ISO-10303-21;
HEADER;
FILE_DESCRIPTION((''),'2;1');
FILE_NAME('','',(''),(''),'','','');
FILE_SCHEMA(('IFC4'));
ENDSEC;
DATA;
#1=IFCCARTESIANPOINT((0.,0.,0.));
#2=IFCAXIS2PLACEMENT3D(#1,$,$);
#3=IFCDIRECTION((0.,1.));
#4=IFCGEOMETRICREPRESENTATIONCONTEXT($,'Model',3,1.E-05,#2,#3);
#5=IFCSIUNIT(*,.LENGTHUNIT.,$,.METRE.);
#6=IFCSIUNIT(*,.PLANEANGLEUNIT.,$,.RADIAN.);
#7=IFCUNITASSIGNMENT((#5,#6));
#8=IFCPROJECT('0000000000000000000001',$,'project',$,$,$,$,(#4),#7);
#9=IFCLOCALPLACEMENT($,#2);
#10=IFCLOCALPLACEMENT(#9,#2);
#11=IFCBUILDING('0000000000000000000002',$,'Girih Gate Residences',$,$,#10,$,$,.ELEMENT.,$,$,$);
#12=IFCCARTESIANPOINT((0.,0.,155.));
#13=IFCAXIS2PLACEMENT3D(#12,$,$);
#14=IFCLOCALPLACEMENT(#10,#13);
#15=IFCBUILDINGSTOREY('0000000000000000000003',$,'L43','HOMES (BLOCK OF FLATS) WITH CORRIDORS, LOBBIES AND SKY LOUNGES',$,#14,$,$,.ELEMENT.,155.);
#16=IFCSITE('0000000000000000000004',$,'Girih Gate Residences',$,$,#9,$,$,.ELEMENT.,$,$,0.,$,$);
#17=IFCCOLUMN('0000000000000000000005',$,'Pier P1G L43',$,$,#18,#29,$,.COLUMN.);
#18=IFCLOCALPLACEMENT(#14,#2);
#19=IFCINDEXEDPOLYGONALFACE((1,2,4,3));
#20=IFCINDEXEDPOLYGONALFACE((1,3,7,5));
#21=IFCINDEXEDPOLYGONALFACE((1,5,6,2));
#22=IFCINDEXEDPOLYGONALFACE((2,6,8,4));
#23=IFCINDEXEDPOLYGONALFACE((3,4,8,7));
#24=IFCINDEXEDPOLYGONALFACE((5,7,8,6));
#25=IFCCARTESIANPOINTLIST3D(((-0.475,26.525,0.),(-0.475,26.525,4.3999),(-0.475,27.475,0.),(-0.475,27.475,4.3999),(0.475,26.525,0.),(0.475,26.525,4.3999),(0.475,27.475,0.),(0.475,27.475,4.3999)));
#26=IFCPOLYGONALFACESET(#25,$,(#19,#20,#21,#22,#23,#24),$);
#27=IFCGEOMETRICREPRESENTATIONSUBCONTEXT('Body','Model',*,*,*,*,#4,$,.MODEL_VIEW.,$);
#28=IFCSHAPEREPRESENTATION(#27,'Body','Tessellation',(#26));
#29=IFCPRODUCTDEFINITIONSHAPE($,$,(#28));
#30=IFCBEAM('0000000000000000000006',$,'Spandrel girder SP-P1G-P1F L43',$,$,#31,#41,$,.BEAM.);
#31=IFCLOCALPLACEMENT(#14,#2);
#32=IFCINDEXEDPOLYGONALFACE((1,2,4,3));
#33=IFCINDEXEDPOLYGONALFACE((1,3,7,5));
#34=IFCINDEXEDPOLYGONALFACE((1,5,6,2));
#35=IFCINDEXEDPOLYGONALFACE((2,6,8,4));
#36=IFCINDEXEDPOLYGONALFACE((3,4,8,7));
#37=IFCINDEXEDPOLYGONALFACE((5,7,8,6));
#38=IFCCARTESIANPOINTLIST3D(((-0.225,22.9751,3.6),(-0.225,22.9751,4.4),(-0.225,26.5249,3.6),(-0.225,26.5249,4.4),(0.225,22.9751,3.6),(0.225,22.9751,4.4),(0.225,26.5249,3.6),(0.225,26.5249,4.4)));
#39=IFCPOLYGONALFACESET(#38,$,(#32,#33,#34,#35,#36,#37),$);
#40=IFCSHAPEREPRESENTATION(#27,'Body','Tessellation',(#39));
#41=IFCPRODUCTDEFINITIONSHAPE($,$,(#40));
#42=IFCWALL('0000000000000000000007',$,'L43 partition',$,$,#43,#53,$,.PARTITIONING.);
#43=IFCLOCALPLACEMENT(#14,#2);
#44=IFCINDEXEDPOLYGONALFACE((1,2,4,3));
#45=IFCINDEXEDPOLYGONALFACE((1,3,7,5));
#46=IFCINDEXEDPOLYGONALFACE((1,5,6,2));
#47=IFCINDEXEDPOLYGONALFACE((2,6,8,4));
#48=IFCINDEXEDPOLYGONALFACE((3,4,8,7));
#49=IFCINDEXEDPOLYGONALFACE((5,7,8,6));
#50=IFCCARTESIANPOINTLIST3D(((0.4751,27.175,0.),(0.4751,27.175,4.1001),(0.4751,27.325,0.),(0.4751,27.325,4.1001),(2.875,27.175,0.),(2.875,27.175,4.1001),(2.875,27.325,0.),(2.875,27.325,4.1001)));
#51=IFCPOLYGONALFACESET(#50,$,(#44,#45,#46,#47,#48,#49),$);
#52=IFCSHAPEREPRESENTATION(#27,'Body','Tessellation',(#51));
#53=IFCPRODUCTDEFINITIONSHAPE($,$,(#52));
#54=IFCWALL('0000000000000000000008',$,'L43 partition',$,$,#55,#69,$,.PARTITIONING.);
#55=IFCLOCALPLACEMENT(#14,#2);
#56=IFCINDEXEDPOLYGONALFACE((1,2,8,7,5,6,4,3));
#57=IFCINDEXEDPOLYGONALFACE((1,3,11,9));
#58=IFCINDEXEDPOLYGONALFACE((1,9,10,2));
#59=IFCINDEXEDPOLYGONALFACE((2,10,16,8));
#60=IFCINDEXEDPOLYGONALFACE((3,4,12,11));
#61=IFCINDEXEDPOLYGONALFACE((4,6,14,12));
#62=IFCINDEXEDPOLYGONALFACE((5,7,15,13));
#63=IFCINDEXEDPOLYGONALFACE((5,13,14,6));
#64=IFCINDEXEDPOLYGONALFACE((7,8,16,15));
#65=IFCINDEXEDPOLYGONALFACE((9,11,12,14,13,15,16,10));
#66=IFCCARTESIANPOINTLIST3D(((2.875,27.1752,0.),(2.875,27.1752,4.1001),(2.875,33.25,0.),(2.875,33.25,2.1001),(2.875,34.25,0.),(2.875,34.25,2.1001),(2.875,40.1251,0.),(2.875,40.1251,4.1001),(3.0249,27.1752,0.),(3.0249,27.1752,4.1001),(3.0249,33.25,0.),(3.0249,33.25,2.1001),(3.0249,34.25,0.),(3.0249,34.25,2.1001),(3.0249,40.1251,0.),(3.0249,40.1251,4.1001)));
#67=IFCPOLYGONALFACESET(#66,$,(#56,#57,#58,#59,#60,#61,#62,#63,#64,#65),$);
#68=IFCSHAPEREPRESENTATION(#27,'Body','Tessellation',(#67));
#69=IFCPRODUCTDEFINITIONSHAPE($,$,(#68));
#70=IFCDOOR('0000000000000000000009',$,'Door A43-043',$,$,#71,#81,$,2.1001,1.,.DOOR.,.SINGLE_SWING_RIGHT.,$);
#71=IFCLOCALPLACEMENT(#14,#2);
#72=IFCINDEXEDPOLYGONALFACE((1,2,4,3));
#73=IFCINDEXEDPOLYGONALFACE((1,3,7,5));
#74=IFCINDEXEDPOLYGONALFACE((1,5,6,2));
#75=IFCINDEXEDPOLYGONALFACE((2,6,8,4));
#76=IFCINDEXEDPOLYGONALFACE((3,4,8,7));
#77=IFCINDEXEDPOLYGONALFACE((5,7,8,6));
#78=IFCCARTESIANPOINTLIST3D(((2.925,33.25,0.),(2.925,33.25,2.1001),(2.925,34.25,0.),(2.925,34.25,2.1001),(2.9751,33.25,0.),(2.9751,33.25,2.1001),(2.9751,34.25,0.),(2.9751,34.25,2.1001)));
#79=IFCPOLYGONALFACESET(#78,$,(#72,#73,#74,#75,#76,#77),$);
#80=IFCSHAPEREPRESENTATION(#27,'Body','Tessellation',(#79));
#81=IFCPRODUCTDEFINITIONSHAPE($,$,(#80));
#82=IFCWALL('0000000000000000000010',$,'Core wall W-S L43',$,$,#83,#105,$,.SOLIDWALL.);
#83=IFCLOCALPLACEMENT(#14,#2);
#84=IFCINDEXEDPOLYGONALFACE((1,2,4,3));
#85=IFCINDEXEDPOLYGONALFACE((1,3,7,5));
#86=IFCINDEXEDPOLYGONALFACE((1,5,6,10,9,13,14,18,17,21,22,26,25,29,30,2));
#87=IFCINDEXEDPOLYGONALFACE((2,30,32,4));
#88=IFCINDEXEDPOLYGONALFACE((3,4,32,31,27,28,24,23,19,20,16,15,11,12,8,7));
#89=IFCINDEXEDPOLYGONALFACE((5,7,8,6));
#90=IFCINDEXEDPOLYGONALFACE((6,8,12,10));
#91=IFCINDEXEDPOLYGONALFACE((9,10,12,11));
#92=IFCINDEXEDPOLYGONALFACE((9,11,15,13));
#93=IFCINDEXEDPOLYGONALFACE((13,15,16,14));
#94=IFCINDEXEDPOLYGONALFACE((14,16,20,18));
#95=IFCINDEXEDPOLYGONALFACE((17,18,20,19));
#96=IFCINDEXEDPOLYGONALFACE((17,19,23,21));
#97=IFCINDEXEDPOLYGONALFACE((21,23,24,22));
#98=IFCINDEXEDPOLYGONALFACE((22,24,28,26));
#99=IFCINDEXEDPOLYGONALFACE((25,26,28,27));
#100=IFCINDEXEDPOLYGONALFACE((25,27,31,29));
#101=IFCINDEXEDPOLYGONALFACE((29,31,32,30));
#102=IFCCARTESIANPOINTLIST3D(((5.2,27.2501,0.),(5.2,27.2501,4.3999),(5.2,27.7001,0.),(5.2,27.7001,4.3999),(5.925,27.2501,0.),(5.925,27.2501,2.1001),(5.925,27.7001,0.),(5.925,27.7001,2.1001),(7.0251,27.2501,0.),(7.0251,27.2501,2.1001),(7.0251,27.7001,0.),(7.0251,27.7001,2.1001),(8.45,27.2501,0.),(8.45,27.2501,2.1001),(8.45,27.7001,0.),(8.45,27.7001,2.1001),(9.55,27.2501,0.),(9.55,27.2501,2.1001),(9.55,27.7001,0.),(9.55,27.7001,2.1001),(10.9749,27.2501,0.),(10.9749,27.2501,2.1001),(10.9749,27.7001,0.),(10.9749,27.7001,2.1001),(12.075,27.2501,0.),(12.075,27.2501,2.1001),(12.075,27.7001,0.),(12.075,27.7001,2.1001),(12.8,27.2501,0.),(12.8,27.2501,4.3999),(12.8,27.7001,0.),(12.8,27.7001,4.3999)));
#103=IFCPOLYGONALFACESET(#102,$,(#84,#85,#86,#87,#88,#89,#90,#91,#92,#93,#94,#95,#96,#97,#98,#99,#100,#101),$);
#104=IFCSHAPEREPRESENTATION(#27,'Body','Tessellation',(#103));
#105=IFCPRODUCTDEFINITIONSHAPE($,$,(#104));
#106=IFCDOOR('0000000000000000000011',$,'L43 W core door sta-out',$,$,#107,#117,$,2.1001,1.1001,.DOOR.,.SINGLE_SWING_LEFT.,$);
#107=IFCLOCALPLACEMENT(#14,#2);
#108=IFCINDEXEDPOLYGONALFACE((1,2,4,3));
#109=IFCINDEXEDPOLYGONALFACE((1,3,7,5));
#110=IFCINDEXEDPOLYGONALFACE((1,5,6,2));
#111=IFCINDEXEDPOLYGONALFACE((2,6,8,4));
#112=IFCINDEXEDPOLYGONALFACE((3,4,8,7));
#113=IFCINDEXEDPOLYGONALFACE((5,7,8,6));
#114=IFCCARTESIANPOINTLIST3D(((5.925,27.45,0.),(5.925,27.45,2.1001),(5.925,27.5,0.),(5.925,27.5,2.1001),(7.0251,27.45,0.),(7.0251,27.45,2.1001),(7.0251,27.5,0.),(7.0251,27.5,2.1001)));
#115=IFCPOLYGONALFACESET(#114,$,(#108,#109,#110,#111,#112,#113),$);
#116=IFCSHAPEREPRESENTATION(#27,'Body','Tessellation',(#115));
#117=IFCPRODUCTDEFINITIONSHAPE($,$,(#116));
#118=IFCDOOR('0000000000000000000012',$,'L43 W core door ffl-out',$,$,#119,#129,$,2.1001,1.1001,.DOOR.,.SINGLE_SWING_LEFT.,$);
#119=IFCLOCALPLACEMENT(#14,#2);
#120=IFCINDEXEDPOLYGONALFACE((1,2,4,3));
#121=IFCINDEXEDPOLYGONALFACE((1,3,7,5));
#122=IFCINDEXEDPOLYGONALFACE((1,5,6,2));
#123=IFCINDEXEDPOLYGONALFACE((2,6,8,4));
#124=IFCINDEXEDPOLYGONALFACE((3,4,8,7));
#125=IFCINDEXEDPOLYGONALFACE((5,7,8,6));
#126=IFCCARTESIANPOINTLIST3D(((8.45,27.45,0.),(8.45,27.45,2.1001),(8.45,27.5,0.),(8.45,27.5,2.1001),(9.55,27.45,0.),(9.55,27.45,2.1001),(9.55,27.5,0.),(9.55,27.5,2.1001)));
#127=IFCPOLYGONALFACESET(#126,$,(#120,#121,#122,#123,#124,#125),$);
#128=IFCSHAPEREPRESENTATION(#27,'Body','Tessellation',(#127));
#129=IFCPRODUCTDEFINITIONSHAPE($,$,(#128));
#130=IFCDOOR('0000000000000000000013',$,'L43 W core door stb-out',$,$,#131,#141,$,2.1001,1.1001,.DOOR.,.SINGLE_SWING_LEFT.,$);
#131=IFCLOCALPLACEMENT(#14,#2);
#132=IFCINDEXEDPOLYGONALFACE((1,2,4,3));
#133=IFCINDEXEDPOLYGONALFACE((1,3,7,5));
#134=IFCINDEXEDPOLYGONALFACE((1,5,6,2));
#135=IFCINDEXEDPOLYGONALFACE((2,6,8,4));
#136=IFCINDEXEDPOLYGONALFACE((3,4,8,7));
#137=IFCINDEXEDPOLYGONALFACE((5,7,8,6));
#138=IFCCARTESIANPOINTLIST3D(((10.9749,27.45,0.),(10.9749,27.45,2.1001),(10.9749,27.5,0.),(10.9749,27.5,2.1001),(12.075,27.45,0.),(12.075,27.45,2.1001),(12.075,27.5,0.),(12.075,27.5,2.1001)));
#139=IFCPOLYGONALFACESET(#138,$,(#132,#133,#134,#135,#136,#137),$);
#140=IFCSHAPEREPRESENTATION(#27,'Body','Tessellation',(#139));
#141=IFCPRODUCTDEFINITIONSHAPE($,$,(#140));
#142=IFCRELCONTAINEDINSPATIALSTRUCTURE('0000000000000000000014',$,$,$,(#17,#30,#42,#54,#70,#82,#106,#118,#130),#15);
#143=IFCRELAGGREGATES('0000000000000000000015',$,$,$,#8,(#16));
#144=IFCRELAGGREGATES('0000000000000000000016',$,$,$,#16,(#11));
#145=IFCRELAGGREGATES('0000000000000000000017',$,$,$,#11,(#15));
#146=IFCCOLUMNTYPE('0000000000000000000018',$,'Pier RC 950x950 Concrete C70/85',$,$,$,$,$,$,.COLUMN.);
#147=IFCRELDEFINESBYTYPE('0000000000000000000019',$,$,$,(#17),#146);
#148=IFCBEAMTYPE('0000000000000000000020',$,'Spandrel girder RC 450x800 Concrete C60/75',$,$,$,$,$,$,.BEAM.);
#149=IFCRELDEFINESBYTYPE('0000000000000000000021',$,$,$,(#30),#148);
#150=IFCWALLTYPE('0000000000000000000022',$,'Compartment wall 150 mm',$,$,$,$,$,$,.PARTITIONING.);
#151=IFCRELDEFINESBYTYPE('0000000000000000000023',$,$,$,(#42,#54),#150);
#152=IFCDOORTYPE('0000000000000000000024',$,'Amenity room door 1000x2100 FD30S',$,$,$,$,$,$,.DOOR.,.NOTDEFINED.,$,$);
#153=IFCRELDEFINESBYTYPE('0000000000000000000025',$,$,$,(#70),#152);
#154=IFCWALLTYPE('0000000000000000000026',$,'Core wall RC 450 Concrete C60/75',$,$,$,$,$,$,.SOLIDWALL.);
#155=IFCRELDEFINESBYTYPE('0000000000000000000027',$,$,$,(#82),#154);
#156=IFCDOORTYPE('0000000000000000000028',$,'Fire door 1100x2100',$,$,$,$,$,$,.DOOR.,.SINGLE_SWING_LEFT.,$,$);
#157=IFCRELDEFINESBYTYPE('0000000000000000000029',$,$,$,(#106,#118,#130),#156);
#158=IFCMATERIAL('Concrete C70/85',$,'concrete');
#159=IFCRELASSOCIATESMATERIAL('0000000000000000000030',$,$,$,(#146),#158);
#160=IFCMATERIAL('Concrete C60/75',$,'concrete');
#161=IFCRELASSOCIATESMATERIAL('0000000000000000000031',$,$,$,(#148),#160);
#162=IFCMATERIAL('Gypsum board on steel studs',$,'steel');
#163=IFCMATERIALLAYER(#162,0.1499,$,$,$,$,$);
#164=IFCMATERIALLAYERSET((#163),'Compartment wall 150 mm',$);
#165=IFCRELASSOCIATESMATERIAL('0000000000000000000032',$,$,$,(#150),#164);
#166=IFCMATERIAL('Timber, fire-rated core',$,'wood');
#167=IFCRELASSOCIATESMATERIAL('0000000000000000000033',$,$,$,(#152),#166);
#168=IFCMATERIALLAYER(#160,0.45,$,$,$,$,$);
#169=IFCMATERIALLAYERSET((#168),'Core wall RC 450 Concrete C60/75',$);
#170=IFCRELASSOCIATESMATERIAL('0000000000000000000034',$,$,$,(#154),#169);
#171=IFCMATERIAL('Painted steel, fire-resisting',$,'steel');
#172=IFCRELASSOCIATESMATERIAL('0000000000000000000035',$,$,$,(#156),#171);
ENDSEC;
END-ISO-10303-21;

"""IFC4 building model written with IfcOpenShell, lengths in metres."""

from ifc_helpers import new_model, si_unit, direction, frame, frame_2d, origin, origin_2d, place, context, subcontext, project, spatial, rectangle, extrude, material, layer, layer_set, material_profile, profile_set, type_object, element, fill, save


model = new_model("IFC4")

# Units and contexts
model_context = context("Model", 3, precision=1e-05, world=origin(), true_north=direction((0.0, 1.0)))
body_context = subcontext(model_context, "Body", "Model", "MODEL_VIEW")
ifc_project = project(units=[si_unit("LENGTHUNIT", "METRE"), si_unit("PLANEANGLEUNIT", "RADIAN")], contexts=[model_context])

# Site, building, storey
site_placement = place(None, origin())
site = spatial("IfcSite", under=ifc_project, at=site_placement, Name="Girih Gate Residences", CompositionType="ELEMENT", RefElevation=0.0)
building_placement = place(site_placement, origin())
building = spatial("IfcBuilding", under=site, at=building_placement, Name="Girih Gate Residences", CompositionType="ELEMENT")
storey_placement = place(building_placement, frame((0.0, 0.0, 155.0)))
storey = spatial("IfcBuildingStorey", under=building, at=storey_placement, Name="L43", Description="HOMES (BLOCK OF FLATS) WITH CORRIDORS, LOBBIES AND SKY LOUNGES", CompositionType="ELEMENT", Elevation=155.0)

# Column
ifc_material_1 = material(Name="Concrete C70/85", Category="concrete")
ifc_material_profile_1 = material_profile(ifc_material_1, rectangle(XDim=0.95, YDim=0.95, at=origin_2d()))
ifc_profile_set_1 = profile_set([ifc_material_profile_1], Name="Concrete C70/85")
column_type = type_object("IfcColumnType", Name="Pier RC 950x950 Concrete C70/85", PredefinedType="COLUMN", material=ifc_profile_set_1)
column_placement = place(storey_placement, frame((0.0, 27.0, 0.0), z_axis=(0.0, 0.0, 1.0), x_axis=(1.0, 0.0, 0.0)))
element("IfcColumn", 1, at=column_placement, inside=storey, type_object=column_type, Name="Pier P1G L43", PredefinedType="COLUMN", context=body_context, shape_type="SweptSolid", body=[
    extrude(rectangle(XDim=0.95, YDim=0.95, at=origin_2d()), origin(), (0.0, 0.0, 1.0), 4.3999),
])

# Beam
ifc_material_2 = material(Name="Concrete C60/75", Category="concrete")
ifc_material_profile_2 = material_profile(ifc_material_2, rectangle(XDim=0.45, YDim=0.8, at=origin_2d()))
ifc_profile_set_2 = profile_set([ifc_material_profile_2], Name="Concrete C60/75")
beam_type = type_object("IfcBeamType", Name="Spandrel girder RC 450x800 Concrete C60/75", PredefinedType="BEAM", material=ifc_profile_set_2)
beam_placement = place(storey_placement, frame((0.0, 26.5249, 4.0), z_axis=(0.0, -1.0, 0.0), x_axis=(1.0, 0.0, 0.0)))
element("IfcBeam", 2, at=beam_placement, inside=storey, type_object=beam_type, Name="Spandrel girder SP-P1G-P1F L43", PredefinedType="BEAM", context=body_context, shape_type="SweptSolid", body=[
    extrude(rectangle(XDim=0.45, YDim=0.8, at=origin_2d()), origin(), (0.0, 0.0, 1.0), 3.5498),
])

# Wall
ifc_material_3 = material(Name="Gypsum board on steel studs", Category="steel")
ifc_layer_1 = layer(ifc_material_3, 0.1499)
ifc_layer_set_1 = layer_set([ifc_layer_1], Name="Compartment wall 150 mm")
wall_type_1 = type_object("IfcWallType", Name="Compartment wall 150 mm", PredefinedType="PARTITIONING", material=ifc_layer_set_1)
wall_1_placement = place(storey_placement, frame((0.4751, 27.25, 0.0), z_axis=(0.0, 0.0, 1.0), x_axis=(1.0, 0.0, 0.0)))
element("IfcWall", 3, at=wall_1_placement, inside=storey, type_object=wall_type_1, Name="L43 partition", PredefinedType="PARTITIONING", context=body_context, shape_type="SweptSolid", body=[
    extrude(rectangle(XDim=2.3999, YDim=0.1499, at=frame_2d((1.2, 0.0))), origin(), (0.0, 0.0, 1.0), 4.1001),
])

# Wall, opening, door
wall_2_placement = place(storey_placement, frame((2.95, 27.175, 0.0), z_axis=(0.0, 0.0, 1.0), x_axis=(0.0, 1.0, 0.0)))
wall_2 = element("IfcWall", 4, at=wall_2_placement, inside=storey, type_object=wall_type_1, Name="L43 partition", PredefinedType="PARTITIONING", context=body_context, shape_type="SweptSolid", body=[
    extrude(rectangle(XDim=12.95, YDim=0.1499, at=frame_2d((6.4751, 0.0))), origin(), (0.0, 0.0, 1.0), 4.1001),
])
opening_1_placement = place(wall_2_placement, frame((6.075, 0.0, 0.0)))
opening_1 = element("IfcOpeningElement", 5, at=opening_1_placement, cuts=wall_2, PredefinedType="OPENING", context=body_context, shape_type="SweptSolid", body=[
    extrude(rectangle(XDim=1.0, YDim=2.1001, at=frame_2d((0.5, 1.05))), frame((0.0, 0.085, 0.0), z_axis=(0.0, -1.0, 0.0), x_axis=(1.0, 0.0, 0.0)), (0.0, 0.0, 1.0), 0.1699),
])
ifc_material_4 = material(Name="Timber, fire-rated core", Category="wood")
door_type_1 = type_object("IfcDoorType", Name="Amenity room door 1000x2100 FD30S", OperationType="NOTDEFINED", PredefinedType="DOOR", material=ifc_material_4)
door_1_placement = place(opening_1_placement, origin())
door_1 = element("IfcDoor", 6, at=door_1_placement, inside=storey, type_object=door_type_1, Name="Door A43-043", OperationType="SINGLE_SWING_RIGHT", OverallHeight=2.1001, OverallWidth=1.0, PredefinedType="DOOR", context=body_context, shape_type="SweptSolid", body=[
    extrude(rectangle(XDim=1.0, YDim=2.1001, at=frame_2d((0.5, 1.05))), frame((0.0, 0.0249, 0.0), z_axis=(0.0, -1.0, 0.0), x_axis=(1.0, 0.0, 0.0)), (0.0, 0.0, 1.0), 0.05),
])
fill(opening_1, door_1)

# Wall, openings, doors
ifc_layer_2 = layer(ifc_material_2, 0.45)
ifc_layer_set_2 = layer_set([ifc_layer_2], Name="Core wall RC 450 Concrete C60/75")
wall_type_2 = type_object("IfcWallType", Name="Core wall RC 450 Concrete C60/75", PredefinedType="SOLIDWALL", material=ifc_layer_set_2)
wall_3_placement = place(storey_placement, frame((5.2, 27.4751, 0.0), z_axis=(0.0, 0.0, 1.0), x_axis=(1.0, 0.0, 0.0)))
wall_3 = element("IfcWall", 7, at=wall_3_placement, inside=storey, type_object=wall_type_2, Name="Core wall W-S L43", PredefinedType="SOLIDWALL", context=body_context, shape_type="SweptSolid", body=[
    extrude(rectangle(XDim=7.6001, YDim=0.45, at=frame_2d((3.8, 0.0))), origin(), (0.0, 0.0, 1.0), 4.3999),
])
opening_2_placement = place(wall_3_placement, frame((0.7251, 0.0, 0.0)))
opening_2 = element("IfcOpeningElement", 8, at=opening_2_placement, cuts=wall_3, PredefinedType="OPENING", context=body_context, shape_type="SweptSolid", body=[
    extrude(rectangle(XDim=1.1001, YDim=2.1001, at=frame_2d((0.55, 1.05))), frame((0.0, 0.2349, 0.0), z_axis=(0.0, -1.0, 0.0), x_axis=(1.0, 0.0, 0.0)), (0.0, 0.0, 1.0), 0.47),
])
opening_3_placement = place(wall_3_placement, frame((3.25, 0.0, 0.0)))
opening_3 = element("IfcOpeningElement", 9, at=opening_3_placement, cuts=wall_3, PredefinedType="OPENING", context=body_context, shape_type="SweptSolid", body=[
    extrude(rectangle(XDim=1.1001, YDim=2.1001, at=frame_2d((0.55, 1.05))), frame((0.0, 0.2349, 0.0), z_axis=(0.0, -1.0, 0.0), x_axis=(1.0, 0.0, 0.0)), (0.0, 0.0, 1.0), 0.47),
])
opening_4_placement = place(wall_3_placement, frame((5.7749, 0.0, 0.0)))
opening_4 = element("IfcOpeningElement", 10, at=opening_4_placement, cuts=wall_3, PredefinedType="OPENING", context=body_context, shape_type="SweptSolid", body=[
    extrude(rectangle(XDim=1.1001, YDim=2.1001, at=frame_2d((0.55, 1.05))), frame((0.0, 0.2349, 0.0), z_axis=(0.0, -1.0, 0.0), x_axis=(1.0, 0.0, 0.0)), (0.0, 0.0, 1.0), 0.47),
])
ifc_material_5 = material(Name="Painted steel, fire-resisting", Category="steel")
door_type_2 = type_object("IfcDoorType", Name="Fire door 1100x2100", OperationType="SINGLE_SWING_LEFT", PredefinedType="DOOR", material=ifc_material_5)
door_2_placement = place(opening_2_placement, origin())
door_2 = element("IfcDoor", 11, at=door_2_placement, inside=storey, type_object=door_type_2, Name="L43 W core door sta-out", OperationType="SINGLE_SWING_LEFT", OverallHeight=2.1001, OverallWidth=1.1001, PredefinedType="DOOR", context=body_context, shape_type="SweptSolid", body=[
    extrude(rectangle(XDim=1.1001, YDim=2.1001, at=frame_2d((0.55, 1.05))), frame((0.0, 0.0249, 0.0), z_axis=(0.0, -1.0, 0.0), x_axis=(1.0, 0.0, 0.0)), (0.0, 0.0, 1.0), 0.05),
])
fill(opening_2, door_2)
door_3_placement = place(opening_3_placement, origin())
door_3 = element("IfcDoor", 12, at=door_3_placement, inside=storey, type_object=door_type_2, Name="L43 W core door ffl-out", OperationType="SINGLE_SWING_LEFT", OverallHeight=2.1001, OverallWidth=1.1001, PredefinedType="DOOR", context=body_context, shape_type="SweptSolid", body=[
    extrude(rectangle(XDim=1.1001, YDim=2.1001, at=frame_2d((0.55, 1.05))), frame((0.0, 0.0249, 0.0), z_axis=(0.0, -1.0, 0.0), x_axis=(1.0, 0.0, 0.0)), (0.0, 0.0, 1.0), 0.05),
])
fill(opening_3, door_3)
door_4_placement = place(opening_4_placement, origin())
door_4 = element("IfcDoor", 13, at=door_4_placement, inside=storey, type_object=door_type_2, Name="L43 W core door stb-out", OperationType="SINGLE_SWING_LEFT", OverallHeight=2.1001, OverallWidth=1.1001, PredefinedType="DOOR", context=body_context, shape_type="SweptSolid", body=[
    extrude(rectangle(XDim=1.1001, YDim=2.1001, at=frame_2d((0.55, 1.05))), frame((0.0, 0.0249, 0.0), z_axis=(0.0, -1.0, 0.0), x_axis=(1.0, 0.0, 0.0)), (0.0, 0.0, 1.0), 0.05),
])
fill(opening_4, door_4)

save(model, "model.ifc")
